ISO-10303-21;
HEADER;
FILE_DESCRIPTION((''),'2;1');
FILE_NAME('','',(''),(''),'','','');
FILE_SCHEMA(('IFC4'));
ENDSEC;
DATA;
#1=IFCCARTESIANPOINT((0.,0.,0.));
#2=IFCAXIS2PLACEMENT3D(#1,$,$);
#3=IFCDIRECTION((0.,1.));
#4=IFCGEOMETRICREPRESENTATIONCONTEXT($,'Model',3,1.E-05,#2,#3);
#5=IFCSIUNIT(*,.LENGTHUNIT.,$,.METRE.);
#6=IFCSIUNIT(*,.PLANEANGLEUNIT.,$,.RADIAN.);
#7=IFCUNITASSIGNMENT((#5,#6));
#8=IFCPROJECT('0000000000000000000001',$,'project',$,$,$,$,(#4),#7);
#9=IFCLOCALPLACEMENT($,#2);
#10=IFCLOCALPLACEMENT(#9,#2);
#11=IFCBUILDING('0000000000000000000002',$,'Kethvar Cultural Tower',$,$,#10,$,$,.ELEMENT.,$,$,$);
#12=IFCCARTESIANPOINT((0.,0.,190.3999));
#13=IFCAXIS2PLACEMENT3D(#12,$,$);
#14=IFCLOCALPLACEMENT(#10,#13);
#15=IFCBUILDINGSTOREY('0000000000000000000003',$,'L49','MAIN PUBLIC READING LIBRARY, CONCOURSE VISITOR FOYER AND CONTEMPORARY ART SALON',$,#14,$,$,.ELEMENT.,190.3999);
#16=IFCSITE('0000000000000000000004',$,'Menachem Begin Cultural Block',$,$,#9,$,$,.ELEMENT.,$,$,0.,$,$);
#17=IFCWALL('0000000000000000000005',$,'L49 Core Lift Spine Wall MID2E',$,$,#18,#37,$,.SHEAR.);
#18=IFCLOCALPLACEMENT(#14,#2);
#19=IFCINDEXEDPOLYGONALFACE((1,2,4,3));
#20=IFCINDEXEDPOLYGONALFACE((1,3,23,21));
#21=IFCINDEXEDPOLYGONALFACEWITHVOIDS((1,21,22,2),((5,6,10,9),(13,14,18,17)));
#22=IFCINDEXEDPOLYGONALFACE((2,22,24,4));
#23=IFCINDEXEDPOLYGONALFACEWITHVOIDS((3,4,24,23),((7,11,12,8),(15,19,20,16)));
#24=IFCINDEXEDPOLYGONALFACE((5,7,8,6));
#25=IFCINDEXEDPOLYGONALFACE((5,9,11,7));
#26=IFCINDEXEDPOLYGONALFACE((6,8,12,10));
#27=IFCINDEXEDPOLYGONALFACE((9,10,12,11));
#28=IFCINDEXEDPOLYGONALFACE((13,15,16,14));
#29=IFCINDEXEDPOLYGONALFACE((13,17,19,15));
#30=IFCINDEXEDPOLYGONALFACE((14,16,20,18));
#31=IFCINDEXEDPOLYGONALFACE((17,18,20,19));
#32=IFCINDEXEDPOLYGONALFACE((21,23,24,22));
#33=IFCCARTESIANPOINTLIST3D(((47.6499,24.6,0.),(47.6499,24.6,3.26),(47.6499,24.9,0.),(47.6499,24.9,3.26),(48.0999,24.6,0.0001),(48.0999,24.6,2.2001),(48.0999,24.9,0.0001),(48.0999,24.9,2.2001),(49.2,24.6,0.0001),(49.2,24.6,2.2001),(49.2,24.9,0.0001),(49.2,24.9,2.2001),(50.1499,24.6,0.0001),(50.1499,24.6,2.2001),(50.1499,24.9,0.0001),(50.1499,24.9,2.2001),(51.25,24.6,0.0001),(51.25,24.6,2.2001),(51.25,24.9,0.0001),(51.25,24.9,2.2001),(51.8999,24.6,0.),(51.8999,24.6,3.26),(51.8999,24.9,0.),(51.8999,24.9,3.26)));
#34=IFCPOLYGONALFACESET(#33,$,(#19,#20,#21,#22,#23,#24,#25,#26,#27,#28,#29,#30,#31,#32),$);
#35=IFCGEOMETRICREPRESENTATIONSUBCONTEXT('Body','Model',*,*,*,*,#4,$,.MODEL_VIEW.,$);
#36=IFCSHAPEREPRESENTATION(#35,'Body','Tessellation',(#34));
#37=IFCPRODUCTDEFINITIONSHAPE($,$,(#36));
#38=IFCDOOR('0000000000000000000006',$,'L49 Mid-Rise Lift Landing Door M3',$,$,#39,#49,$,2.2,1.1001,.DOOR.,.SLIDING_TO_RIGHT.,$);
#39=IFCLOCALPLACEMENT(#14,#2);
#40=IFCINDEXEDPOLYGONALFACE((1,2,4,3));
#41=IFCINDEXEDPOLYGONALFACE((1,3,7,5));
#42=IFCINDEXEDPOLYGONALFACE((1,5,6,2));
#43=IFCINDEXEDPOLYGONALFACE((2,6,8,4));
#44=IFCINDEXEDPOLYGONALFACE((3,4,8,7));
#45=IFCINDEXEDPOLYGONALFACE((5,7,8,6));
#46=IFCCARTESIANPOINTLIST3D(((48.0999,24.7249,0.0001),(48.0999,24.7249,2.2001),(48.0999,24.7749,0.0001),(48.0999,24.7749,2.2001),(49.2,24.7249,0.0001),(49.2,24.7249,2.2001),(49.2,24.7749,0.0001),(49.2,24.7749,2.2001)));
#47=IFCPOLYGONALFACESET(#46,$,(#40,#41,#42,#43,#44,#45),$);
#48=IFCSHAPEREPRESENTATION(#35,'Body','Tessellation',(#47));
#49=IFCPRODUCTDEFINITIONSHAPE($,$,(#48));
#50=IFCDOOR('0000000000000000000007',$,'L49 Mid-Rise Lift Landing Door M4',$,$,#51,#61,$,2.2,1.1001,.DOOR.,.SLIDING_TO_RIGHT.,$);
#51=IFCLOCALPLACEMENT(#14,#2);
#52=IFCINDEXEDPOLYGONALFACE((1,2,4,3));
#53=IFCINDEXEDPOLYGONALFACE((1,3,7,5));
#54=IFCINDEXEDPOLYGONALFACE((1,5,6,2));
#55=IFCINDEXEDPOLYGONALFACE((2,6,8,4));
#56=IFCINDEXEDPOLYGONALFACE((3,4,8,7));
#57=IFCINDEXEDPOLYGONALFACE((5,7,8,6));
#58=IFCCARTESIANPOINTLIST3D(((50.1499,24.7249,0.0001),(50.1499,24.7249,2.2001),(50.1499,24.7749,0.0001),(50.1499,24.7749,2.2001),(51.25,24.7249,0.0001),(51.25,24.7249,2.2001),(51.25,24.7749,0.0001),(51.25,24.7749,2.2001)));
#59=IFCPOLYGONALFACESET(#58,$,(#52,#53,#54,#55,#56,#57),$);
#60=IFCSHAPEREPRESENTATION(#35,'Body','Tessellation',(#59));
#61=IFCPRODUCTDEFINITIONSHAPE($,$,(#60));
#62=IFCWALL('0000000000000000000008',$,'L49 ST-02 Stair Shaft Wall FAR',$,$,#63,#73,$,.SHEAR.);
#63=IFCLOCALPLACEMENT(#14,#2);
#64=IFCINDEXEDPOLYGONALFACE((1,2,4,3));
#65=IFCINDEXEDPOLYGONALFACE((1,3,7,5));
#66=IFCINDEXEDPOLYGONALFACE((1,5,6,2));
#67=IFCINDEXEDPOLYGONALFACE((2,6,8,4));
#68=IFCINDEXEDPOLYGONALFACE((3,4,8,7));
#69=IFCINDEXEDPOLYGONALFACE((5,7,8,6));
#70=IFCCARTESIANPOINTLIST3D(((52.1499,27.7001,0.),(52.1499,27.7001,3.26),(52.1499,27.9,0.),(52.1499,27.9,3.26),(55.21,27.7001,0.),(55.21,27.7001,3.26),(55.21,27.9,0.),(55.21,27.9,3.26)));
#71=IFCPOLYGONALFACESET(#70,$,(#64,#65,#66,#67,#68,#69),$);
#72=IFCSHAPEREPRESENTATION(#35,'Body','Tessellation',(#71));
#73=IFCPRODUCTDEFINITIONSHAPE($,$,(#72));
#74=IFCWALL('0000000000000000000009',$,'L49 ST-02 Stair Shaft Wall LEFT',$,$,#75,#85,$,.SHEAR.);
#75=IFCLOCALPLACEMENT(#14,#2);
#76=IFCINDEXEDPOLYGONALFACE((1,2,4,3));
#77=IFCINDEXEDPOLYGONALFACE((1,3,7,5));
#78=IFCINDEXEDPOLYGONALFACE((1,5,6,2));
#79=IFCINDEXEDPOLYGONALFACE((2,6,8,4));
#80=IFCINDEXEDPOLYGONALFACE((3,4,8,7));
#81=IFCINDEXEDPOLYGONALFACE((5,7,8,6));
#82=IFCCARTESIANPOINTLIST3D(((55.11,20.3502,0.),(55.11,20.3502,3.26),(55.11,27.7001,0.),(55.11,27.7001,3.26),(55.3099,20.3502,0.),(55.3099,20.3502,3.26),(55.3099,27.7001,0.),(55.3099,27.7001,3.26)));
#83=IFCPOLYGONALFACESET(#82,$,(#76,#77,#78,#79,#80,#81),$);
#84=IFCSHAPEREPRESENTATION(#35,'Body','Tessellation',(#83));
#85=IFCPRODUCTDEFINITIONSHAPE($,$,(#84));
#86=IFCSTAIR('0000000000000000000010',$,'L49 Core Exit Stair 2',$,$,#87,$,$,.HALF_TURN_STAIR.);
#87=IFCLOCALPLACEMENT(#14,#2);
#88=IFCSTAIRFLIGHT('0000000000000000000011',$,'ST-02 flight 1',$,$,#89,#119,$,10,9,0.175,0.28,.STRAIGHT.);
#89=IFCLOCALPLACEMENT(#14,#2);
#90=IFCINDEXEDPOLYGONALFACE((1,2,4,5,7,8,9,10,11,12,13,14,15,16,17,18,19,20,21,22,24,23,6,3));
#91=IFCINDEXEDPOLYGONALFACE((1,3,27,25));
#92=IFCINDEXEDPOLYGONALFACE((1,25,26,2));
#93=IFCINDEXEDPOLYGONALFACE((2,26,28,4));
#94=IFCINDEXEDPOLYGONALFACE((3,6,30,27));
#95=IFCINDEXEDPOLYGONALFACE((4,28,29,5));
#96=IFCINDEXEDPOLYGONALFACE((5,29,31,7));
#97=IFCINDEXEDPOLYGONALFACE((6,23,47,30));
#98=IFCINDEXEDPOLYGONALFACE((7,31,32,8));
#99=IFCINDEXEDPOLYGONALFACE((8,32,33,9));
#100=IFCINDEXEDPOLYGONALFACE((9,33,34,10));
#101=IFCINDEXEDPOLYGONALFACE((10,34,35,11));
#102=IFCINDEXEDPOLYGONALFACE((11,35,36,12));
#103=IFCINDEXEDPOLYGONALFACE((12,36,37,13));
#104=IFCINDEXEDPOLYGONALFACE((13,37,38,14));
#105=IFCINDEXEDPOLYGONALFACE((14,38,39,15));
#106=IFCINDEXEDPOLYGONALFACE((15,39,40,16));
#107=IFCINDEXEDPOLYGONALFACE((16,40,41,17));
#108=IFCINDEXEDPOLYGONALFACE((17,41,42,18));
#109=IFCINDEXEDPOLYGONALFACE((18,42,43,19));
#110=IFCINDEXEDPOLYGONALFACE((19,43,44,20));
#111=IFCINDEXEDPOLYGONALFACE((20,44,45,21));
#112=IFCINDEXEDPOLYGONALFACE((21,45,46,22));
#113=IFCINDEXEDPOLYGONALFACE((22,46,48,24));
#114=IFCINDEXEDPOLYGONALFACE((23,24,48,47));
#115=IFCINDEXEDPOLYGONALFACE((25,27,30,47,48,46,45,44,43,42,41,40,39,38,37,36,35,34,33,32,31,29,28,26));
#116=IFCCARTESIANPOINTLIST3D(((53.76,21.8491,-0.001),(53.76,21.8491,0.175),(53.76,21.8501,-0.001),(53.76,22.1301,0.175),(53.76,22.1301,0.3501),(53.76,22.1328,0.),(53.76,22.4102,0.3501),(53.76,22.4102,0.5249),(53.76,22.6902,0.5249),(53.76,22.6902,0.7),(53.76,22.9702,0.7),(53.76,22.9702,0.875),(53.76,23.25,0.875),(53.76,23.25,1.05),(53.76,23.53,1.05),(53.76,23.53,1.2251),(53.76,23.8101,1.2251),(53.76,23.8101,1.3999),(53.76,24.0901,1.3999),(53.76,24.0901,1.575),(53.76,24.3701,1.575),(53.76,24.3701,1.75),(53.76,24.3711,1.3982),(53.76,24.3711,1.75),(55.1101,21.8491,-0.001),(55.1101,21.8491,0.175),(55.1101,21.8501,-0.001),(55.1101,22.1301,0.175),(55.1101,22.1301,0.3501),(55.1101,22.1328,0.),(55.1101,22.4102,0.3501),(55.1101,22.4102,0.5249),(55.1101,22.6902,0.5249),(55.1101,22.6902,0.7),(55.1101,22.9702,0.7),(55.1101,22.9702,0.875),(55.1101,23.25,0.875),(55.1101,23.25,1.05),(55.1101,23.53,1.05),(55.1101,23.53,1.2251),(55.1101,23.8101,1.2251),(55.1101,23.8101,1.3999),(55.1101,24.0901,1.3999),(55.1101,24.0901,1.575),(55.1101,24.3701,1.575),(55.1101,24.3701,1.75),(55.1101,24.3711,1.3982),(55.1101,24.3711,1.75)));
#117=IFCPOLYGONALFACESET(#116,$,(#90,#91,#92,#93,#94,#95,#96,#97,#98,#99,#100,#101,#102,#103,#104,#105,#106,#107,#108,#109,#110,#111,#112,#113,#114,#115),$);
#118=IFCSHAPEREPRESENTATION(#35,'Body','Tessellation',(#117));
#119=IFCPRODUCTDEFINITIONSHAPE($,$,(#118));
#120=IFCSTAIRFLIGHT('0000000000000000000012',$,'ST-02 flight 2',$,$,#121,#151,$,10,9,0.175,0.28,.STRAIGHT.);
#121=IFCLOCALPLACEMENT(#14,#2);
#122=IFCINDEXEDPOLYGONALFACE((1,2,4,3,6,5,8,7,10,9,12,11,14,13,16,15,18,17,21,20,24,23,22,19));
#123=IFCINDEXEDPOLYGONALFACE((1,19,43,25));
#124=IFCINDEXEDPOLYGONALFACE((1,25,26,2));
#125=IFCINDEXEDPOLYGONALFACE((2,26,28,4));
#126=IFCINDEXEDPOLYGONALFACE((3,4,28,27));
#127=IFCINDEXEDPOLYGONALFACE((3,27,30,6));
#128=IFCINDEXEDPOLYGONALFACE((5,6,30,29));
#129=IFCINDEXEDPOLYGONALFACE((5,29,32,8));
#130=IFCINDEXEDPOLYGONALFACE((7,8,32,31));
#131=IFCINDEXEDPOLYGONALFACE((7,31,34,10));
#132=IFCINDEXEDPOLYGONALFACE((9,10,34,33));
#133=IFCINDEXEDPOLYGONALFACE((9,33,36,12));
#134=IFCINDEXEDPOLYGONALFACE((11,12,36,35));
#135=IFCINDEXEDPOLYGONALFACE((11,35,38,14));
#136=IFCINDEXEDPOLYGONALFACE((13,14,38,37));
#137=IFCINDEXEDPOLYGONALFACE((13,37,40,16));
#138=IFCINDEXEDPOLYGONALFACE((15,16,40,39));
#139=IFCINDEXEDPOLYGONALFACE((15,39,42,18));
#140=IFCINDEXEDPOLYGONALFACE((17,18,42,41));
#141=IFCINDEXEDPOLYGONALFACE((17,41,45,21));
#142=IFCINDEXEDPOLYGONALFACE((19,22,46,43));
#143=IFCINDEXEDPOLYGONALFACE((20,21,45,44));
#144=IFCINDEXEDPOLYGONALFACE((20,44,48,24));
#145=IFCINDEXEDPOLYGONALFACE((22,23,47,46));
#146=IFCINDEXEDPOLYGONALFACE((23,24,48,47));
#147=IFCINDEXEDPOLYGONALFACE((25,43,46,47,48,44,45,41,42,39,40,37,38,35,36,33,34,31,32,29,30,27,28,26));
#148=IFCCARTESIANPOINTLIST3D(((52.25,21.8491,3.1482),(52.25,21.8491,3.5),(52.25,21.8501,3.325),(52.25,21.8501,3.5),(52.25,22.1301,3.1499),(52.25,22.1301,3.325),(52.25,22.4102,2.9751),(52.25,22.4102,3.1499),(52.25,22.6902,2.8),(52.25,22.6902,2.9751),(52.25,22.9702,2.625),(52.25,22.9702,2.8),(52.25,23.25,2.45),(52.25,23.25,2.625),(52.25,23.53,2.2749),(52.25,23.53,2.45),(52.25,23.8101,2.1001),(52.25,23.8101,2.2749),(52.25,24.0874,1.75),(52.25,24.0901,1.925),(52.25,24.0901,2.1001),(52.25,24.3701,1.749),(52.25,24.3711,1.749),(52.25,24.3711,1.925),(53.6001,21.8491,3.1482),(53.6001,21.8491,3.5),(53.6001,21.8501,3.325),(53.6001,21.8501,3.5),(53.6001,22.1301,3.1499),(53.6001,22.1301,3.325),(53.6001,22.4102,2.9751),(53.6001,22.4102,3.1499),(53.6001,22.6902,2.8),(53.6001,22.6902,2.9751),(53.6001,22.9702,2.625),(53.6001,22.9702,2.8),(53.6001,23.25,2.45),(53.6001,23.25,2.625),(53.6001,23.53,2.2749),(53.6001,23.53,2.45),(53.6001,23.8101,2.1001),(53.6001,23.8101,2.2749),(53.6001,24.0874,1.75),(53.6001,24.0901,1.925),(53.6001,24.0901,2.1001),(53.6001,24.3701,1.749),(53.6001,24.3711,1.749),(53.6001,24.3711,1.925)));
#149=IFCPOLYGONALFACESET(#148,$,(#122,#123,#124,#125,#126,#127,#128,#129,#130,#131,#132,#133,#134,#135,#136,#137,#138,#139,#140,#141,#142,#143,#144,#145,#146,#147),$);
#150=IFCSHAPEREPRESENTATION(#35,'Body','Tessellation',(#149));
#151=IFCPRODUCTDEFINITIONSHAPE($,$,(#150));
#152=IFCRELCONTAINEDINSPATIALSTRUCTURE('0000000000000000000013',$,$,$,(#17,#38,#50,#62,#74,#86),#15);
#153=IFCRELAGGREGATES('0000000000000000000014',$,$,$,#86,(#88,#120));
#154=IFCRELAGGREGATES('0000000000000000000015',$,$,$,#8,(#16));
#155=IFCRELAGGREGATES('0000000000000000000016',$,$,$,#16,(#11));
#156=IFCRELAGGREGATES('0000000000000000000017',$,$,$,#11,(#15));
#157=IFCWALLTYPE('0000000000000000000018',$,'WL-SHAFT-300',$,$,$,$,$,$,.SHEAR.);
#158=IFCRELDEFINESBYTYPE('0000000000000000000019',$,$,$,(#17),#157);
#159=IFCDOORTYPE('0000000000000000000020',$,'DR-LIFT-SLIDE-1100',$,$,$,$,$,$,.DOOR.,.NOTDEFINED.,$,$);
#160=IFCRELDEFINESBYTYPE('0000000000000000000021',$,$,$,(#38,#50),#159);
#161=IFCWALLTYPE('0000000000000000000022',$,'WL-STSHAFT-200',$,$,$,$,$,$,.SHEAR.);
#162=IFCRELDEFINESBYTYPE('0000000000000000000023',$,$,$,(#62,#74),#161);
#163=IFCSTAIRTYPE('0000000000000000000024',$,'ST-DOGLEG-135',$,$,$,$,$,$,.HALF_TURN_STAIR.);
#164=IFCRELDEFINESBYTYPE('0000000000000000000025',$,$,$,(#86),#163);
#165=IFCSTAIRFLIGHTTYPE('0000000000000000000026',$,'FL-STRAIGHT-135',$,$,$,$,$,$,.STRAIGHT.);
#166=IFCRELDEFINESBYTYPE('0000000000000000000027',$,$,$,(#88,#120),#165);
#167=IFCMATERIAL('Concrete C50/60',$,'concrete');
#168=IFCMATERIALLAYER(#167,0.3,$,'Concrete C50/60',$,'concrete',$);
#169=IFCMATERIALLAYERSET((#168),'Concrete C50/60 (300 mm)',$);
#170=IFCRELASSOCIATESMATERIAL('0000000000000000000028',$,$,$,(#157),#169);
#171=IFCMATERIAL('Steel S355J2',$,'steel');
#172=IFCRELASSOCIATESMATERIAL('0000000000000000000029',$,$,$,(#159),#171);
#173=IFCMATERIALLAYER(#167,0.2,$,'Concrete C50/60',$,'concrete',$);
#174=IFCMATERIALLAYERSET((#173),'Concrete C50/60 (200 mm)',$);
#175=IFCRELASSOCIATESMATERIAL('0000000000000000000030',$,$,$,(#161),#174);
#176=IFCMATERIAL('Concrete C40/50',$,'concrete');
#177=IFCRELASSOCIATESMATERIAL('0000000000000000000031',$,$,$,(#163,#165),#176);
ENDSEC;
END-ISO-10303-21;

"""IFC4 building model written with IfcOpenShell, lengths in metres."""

from ifc_helpers import new_model, si_unit, direction, frame, frame_2d, origin, place, context, subcontext, project, spatial, polyline, rectangle, outline, extrude, source, transform, mapped, material, layer, layer_set, type_object, element, fill, aggregate, save


model = new_model("IFC4")

# Units and contexts
model_context = context("Model", 3, precision=1e-05, world=origin(), true_north=direction((0.0, 1.0)))
body_context = subcontext(model_context, "Body", "Model", "MODEL_VIEW")
ifc_project = project(units=[si_unit("LENGTHUNIT", "METRE"), si_unit("PLANEANGLEUNIT", "RADIAN")], contexts=[model_context])

# Site, building, storey
site_placement = place(None, origin())
site = spatial("IfcSite", under=ifc_project, at=site_placement, Name="Menachem Begin Cultural Block", CompositionType="ELEMENT", RefElevation=0.0)
building_placement = place(site_placement, origin())
building = spatial("IfcBuilding", under=site, at=building_placement, Name="Kethvar Cultural Tower", CompositionType="ELEMENT")
storey_placement = place(building_placement, frame((0.0, 0.0, 190.3999)))
storey = spatial("IfcBuildingStorey", under=building, at=storey_placement, Name="L49", Description="MAIN PUBLIC READING LIBRARY, CONCOURSE VISITOR FOYER AND CONTEMPORARY ART SALON", CompositionType="ELEMENT", Elevation=190.3999)

# Shared definitions
ifc_material_1 = material(Name="Steel S355J2", Category="steel")

# Shared definitions
ifc_material_2 = material(Name="Concrete C40/50", Category="concrete")
ifc_material_3 = material(Name="Concrete C50/60", Category="concrete")
ifc_layer_1 = layer(ifc_material_3, 0.3, Name="Concrete C50/60", Category="concrete")
ifc_layer_set_1 = layer_set([ifc_layer_1], Name="Concrete C50/60 (300 mm)")
wall_type_1 = type_object("IfcWallType", Name="WL-SHAFT-300", PredefinedType="SHEAR", material=ifc_layer_set_1)

# Wall, openings, doors
wall_1_placement = place(storey_placement, frame((47.6499, 24.75, 0.0), z_axis=(0.0, 0.0, 1.0), x_axis=(1.0, 0.0, 0.0)))
wall_1 = element("IfcWall", 1, at=wall_1_placement, inside=storey, type_object=wall_type_1, Name="L49 Core Lift Spine Wall MID2E", PredefinedType="SHEAR", context=body_context, shape_type="SweptSolid", body=[
    extrude(rectangle(XDim=4.25, YDim=0.3, at=frame_2d((2.125, 0.0))), origin(), (0.0, 0.0, 1.0), 3.26),
])
opening_1_placement = place(wall_1_placement, frame((0.45, 0.0, 0.0)))
opening_1 = element("IfcOpeningElement", 2, at=opening_1_placement, cuts=wall_1, PredefinedType="OPENING", context=body_context, shape_type="SweptSolid", body=[
    extrude(rectangle(XDim=1.1001, YDim=2.2, at=frame_2d((0.55, 1.1001))), frame((0.0, 0.1599, 0.0), z_axis=(0.0, -1.0, 0.0), x_axis=(1.0, 0.0, 0.0)), (0.0, 0.0, 1.0), 0.3201),
])
opening_2_placement = place(wall_1_placement, frame((2.5, 0.0, 0.0)))
opening_2 = element("IfcOpeningElement", 3, at=opening_2_placement, cuts=wall_1, PredefinedType="OPENING", context=body_context, shape_type="SweptSolid", body=[
    extrude(rectangle(XDim=1.1001, YDim=2.2, at=frame_2d((0.55, 1.1001))), frame((0.0, 0.1599, 0.0), z_axis=(0.0, -1.0, 0.0), x_axis=(1.0, 0.0, 0.0)), (0.0, 0.0, 1.0), 0.3201),
])
door_type = type_object("IfcDoorType", Name="DR-LIFT-SLIDE-1100", OperationType="NOTDEFINED", PredefinedType="DOOR", material=ifc_material_1)
shared_shape_1 = source(origin(), body_context, "Body", "SweptSolid", [
    extrude(rectangle(XDim=1.1001, YDim=2.2, at=frame_2d((0.55, 1.1001))), frame((0.0, 0.0249, 0.0), z_axis=(0.0, -1.0, 0.0), x_axis=(1.0, 0.0, 0.0)), (0.0, 0.0, 1.0), 0.05),
])
door_1_placement = place(opening_1_placement, origin())
door_1 = element("IfcDoor", 4, at=door_1_placement, inside=storey, type_object=door_type, Name="L49 Mid-Rise Lift Landing Door M3", OperationType="SLIDING_TO_RIGHT", OverallHeight=2.2, OverallWidth=1.1001, PredefinedType="DOOR", context=body_context, shape_type="MappedRepresentation", body=[
    mapped(shared_shape_1, transform((0.0, 0.0, 0.0), scale=1.0)),
])
fill(opening_1, door_1)
door_2_placement = place(opening_2_placement, origin())
door_2 = element("IfcDoor", 5, at=door_2_placement, inside=storey, type_object=door_type, Name="L49 Mid-Rise Lift Landing Door M4", OperationType="SLIDING_TO_RIGHT", OverallHeight=2.2, OverallWidth=1.1001, PredefinedType="DOOR", context=body_context, shape_type="MappedRepresentation", body=[
    mapped(shared_shape_1, transform((0.0, 0.0, 0.0), scale=1.0)),
])
fill(opening_2, door_2)

# Walls
ifc_layer_2 = layer(ifc_material_3, 0.2, Name="Concrete C50/60", Category="concrete")
ifc_layer_set_2 = layer_set([ifc_layer_2], Name="Concrete C50/60 (200 mm)")
wall_type_2 = type_object("IfcWallType", Name="WL-STSHAFT-200", PredefinedType="SHEAR", material=ifc_layer_set_2)
wall_2_placement = place(storey_placement, frame((52.1499, 27.8, 0.0), z_axis=(0.0, 0.0, 1.0), x_axis=(1.0, 0.0, 0.0)))
element("IfcWall", 6, at=wall_2_placement, inside=storey, type_object=wall_type_2, Name="L49 ST-02 Stair Shaft Wall FAR", PredefinedType="SHEAR", context=body_context, shape_type="SweptSolid", body=[
    extrude(rectangle(XDim=3.0601, YDim=0.2, at=frame_2d((1.53, 0.0))), origin(), (0.0, 0.0, 1.0), 3.26),
])
wall_3_placement = place(storey_placement, frame((55.21, 27.7, 0.0), z_axis=(0.0, 0.0, 1.0), x_axis=(0.0, -1.0, 0.0)))
element("IfcWall", 7, at=wall_3_placement, inside=storey, type_object=wall_type_2, Name="L49 ST-02 Stair Shaft Wall LEFT", PredefinedType="SHEAR", context=body_context, shape_type="SweptSolid", body=[
    extrude(rectangle(XDim=7.3499, YDim=0.2, at=frame_2d((3.6748, 0.0))), origin(), (0.0, 0.0, 1.0), 3.26),
])

# Stair, stair flights
stair_type = type_object("IfcStairType", Name="ST-DOGLEG-135", PredefinedType="HALF_TURN_STAIR", material=ifc_material_2)
stair_placement = place(storey_placement, origin())
stair = element("IfcStair", 8, at=stair_placement, inside=storey, type_object=stair_type, Name="L49 Core Exit Stair 2", PredefinedType="HALF_TURN_STAIR")
stair_flight_type = type_object("IfcStairFlightType", Name="FL-STRAIGHT-135", PredefinedType="STRAIGHT", material=ifc_material_2)
stair_flight_1_placement = place(storey_placement, frame((54.4351, 21.8501, 0.0), z_axis=(0.0, 0.0, 1.0), x_axis=(0.0, 1.0, 0.0)))
stair_flight_1 = element("IfcStairFlight", 9, at=stair_flight_1_placement, type_object=stair_flight_type, Name="ST-02 flight 1", NumberOfRisers=10, NumberOfTreads=9, PredefinedType="STRAIGHT", RiserHeight=0.175, TreadLength=0.28, context=body_context, shape_type="SweptSolid", body=[
    extrude(outline(polyline([(-0.001, -0.001), (-0.001, 0.175), (0.28, 0.175), (0.28, 0.3501), (0.5601, 0.3501), (0.5601, 0.5249), (0.8401, 0.5249), (0.8401, 0.7), (1.1201, 0.7), (1.1201, 0.875), (1.3999, 0.875), (1.3999, 1.05), (1.6799, 1.05), (1.6799, 1.2251), (1.96, 1.2251), (1.96, 1.3999), (2.24, 1.3999), (2.24, 1.575), (2.52, 1.575), (2.52, 1.75), (2.521, 1.75), (2.521, 1.3982), (0.2827, 0.0), (0.0, -0.001), (-0.001, -0.001)])), frame((0.0, 0.675, 0.0), z_axis=(0.0, -1.0, 0.0), x_axis=(1.0, 0.0, 0.0)), (0.0, 0.0, 1.0), 1.3501),
])
stair_flight_2_placement = place(storey_placement, frame((52.925, 24.3701, 1.75), z_axis=(0.0, 0.0, 1.0), x_axis=(0.0, -1.0, 0.0)))
stair_flight_2 = element("IfcStairFlight", 10, at=stair_flight_2_placement, type_object=stair_flight_type, Name="ST-02 flight 2", NumberOfRisers=10, NumberOfTreads=9, PredefinedType="STRAIGHT", RiserHeight=0.175, TreadLength=0.28, context=body_context, shape_type="SweptSolid", body=[
    extrude(outline(polyline([(-0.001, -0.001), (-0.001, 0.175), (0.28, 0.175), (0.28, 0.3501), (0.5601, 0.3501), (0.5601, 0.5249), (0.8401, 0.5249), (0.8401, 0.7), (1.1201, 0.7), (1.1201, 0.875), (1.3999, 0.875), (1.3999, 1.05), (1.6799, 1.05), (1.6799, 1.2251), (1.96, 1.2251), (1.96, 1.3999), (2.24, 1.3999), (2.24, 1.575), (2.52, 1.575), (2.52, 1.75), (2.521, 1.75), (2.521, 1.3982), (0.2827, 0.0), (0.0, -0.001), (-0.001, -0.001)])), frame((0.0, 0.675, 0.0), z_axis=(0.0, -1.0, 0.0), x_axis=(1.0, 0.0, 0.0)), (0.0, 0.0, 1.0), 1.3501),
])
aggregate(stair, [stair_flight_1, stair_flight_2])

save(model, "model.ifc")
